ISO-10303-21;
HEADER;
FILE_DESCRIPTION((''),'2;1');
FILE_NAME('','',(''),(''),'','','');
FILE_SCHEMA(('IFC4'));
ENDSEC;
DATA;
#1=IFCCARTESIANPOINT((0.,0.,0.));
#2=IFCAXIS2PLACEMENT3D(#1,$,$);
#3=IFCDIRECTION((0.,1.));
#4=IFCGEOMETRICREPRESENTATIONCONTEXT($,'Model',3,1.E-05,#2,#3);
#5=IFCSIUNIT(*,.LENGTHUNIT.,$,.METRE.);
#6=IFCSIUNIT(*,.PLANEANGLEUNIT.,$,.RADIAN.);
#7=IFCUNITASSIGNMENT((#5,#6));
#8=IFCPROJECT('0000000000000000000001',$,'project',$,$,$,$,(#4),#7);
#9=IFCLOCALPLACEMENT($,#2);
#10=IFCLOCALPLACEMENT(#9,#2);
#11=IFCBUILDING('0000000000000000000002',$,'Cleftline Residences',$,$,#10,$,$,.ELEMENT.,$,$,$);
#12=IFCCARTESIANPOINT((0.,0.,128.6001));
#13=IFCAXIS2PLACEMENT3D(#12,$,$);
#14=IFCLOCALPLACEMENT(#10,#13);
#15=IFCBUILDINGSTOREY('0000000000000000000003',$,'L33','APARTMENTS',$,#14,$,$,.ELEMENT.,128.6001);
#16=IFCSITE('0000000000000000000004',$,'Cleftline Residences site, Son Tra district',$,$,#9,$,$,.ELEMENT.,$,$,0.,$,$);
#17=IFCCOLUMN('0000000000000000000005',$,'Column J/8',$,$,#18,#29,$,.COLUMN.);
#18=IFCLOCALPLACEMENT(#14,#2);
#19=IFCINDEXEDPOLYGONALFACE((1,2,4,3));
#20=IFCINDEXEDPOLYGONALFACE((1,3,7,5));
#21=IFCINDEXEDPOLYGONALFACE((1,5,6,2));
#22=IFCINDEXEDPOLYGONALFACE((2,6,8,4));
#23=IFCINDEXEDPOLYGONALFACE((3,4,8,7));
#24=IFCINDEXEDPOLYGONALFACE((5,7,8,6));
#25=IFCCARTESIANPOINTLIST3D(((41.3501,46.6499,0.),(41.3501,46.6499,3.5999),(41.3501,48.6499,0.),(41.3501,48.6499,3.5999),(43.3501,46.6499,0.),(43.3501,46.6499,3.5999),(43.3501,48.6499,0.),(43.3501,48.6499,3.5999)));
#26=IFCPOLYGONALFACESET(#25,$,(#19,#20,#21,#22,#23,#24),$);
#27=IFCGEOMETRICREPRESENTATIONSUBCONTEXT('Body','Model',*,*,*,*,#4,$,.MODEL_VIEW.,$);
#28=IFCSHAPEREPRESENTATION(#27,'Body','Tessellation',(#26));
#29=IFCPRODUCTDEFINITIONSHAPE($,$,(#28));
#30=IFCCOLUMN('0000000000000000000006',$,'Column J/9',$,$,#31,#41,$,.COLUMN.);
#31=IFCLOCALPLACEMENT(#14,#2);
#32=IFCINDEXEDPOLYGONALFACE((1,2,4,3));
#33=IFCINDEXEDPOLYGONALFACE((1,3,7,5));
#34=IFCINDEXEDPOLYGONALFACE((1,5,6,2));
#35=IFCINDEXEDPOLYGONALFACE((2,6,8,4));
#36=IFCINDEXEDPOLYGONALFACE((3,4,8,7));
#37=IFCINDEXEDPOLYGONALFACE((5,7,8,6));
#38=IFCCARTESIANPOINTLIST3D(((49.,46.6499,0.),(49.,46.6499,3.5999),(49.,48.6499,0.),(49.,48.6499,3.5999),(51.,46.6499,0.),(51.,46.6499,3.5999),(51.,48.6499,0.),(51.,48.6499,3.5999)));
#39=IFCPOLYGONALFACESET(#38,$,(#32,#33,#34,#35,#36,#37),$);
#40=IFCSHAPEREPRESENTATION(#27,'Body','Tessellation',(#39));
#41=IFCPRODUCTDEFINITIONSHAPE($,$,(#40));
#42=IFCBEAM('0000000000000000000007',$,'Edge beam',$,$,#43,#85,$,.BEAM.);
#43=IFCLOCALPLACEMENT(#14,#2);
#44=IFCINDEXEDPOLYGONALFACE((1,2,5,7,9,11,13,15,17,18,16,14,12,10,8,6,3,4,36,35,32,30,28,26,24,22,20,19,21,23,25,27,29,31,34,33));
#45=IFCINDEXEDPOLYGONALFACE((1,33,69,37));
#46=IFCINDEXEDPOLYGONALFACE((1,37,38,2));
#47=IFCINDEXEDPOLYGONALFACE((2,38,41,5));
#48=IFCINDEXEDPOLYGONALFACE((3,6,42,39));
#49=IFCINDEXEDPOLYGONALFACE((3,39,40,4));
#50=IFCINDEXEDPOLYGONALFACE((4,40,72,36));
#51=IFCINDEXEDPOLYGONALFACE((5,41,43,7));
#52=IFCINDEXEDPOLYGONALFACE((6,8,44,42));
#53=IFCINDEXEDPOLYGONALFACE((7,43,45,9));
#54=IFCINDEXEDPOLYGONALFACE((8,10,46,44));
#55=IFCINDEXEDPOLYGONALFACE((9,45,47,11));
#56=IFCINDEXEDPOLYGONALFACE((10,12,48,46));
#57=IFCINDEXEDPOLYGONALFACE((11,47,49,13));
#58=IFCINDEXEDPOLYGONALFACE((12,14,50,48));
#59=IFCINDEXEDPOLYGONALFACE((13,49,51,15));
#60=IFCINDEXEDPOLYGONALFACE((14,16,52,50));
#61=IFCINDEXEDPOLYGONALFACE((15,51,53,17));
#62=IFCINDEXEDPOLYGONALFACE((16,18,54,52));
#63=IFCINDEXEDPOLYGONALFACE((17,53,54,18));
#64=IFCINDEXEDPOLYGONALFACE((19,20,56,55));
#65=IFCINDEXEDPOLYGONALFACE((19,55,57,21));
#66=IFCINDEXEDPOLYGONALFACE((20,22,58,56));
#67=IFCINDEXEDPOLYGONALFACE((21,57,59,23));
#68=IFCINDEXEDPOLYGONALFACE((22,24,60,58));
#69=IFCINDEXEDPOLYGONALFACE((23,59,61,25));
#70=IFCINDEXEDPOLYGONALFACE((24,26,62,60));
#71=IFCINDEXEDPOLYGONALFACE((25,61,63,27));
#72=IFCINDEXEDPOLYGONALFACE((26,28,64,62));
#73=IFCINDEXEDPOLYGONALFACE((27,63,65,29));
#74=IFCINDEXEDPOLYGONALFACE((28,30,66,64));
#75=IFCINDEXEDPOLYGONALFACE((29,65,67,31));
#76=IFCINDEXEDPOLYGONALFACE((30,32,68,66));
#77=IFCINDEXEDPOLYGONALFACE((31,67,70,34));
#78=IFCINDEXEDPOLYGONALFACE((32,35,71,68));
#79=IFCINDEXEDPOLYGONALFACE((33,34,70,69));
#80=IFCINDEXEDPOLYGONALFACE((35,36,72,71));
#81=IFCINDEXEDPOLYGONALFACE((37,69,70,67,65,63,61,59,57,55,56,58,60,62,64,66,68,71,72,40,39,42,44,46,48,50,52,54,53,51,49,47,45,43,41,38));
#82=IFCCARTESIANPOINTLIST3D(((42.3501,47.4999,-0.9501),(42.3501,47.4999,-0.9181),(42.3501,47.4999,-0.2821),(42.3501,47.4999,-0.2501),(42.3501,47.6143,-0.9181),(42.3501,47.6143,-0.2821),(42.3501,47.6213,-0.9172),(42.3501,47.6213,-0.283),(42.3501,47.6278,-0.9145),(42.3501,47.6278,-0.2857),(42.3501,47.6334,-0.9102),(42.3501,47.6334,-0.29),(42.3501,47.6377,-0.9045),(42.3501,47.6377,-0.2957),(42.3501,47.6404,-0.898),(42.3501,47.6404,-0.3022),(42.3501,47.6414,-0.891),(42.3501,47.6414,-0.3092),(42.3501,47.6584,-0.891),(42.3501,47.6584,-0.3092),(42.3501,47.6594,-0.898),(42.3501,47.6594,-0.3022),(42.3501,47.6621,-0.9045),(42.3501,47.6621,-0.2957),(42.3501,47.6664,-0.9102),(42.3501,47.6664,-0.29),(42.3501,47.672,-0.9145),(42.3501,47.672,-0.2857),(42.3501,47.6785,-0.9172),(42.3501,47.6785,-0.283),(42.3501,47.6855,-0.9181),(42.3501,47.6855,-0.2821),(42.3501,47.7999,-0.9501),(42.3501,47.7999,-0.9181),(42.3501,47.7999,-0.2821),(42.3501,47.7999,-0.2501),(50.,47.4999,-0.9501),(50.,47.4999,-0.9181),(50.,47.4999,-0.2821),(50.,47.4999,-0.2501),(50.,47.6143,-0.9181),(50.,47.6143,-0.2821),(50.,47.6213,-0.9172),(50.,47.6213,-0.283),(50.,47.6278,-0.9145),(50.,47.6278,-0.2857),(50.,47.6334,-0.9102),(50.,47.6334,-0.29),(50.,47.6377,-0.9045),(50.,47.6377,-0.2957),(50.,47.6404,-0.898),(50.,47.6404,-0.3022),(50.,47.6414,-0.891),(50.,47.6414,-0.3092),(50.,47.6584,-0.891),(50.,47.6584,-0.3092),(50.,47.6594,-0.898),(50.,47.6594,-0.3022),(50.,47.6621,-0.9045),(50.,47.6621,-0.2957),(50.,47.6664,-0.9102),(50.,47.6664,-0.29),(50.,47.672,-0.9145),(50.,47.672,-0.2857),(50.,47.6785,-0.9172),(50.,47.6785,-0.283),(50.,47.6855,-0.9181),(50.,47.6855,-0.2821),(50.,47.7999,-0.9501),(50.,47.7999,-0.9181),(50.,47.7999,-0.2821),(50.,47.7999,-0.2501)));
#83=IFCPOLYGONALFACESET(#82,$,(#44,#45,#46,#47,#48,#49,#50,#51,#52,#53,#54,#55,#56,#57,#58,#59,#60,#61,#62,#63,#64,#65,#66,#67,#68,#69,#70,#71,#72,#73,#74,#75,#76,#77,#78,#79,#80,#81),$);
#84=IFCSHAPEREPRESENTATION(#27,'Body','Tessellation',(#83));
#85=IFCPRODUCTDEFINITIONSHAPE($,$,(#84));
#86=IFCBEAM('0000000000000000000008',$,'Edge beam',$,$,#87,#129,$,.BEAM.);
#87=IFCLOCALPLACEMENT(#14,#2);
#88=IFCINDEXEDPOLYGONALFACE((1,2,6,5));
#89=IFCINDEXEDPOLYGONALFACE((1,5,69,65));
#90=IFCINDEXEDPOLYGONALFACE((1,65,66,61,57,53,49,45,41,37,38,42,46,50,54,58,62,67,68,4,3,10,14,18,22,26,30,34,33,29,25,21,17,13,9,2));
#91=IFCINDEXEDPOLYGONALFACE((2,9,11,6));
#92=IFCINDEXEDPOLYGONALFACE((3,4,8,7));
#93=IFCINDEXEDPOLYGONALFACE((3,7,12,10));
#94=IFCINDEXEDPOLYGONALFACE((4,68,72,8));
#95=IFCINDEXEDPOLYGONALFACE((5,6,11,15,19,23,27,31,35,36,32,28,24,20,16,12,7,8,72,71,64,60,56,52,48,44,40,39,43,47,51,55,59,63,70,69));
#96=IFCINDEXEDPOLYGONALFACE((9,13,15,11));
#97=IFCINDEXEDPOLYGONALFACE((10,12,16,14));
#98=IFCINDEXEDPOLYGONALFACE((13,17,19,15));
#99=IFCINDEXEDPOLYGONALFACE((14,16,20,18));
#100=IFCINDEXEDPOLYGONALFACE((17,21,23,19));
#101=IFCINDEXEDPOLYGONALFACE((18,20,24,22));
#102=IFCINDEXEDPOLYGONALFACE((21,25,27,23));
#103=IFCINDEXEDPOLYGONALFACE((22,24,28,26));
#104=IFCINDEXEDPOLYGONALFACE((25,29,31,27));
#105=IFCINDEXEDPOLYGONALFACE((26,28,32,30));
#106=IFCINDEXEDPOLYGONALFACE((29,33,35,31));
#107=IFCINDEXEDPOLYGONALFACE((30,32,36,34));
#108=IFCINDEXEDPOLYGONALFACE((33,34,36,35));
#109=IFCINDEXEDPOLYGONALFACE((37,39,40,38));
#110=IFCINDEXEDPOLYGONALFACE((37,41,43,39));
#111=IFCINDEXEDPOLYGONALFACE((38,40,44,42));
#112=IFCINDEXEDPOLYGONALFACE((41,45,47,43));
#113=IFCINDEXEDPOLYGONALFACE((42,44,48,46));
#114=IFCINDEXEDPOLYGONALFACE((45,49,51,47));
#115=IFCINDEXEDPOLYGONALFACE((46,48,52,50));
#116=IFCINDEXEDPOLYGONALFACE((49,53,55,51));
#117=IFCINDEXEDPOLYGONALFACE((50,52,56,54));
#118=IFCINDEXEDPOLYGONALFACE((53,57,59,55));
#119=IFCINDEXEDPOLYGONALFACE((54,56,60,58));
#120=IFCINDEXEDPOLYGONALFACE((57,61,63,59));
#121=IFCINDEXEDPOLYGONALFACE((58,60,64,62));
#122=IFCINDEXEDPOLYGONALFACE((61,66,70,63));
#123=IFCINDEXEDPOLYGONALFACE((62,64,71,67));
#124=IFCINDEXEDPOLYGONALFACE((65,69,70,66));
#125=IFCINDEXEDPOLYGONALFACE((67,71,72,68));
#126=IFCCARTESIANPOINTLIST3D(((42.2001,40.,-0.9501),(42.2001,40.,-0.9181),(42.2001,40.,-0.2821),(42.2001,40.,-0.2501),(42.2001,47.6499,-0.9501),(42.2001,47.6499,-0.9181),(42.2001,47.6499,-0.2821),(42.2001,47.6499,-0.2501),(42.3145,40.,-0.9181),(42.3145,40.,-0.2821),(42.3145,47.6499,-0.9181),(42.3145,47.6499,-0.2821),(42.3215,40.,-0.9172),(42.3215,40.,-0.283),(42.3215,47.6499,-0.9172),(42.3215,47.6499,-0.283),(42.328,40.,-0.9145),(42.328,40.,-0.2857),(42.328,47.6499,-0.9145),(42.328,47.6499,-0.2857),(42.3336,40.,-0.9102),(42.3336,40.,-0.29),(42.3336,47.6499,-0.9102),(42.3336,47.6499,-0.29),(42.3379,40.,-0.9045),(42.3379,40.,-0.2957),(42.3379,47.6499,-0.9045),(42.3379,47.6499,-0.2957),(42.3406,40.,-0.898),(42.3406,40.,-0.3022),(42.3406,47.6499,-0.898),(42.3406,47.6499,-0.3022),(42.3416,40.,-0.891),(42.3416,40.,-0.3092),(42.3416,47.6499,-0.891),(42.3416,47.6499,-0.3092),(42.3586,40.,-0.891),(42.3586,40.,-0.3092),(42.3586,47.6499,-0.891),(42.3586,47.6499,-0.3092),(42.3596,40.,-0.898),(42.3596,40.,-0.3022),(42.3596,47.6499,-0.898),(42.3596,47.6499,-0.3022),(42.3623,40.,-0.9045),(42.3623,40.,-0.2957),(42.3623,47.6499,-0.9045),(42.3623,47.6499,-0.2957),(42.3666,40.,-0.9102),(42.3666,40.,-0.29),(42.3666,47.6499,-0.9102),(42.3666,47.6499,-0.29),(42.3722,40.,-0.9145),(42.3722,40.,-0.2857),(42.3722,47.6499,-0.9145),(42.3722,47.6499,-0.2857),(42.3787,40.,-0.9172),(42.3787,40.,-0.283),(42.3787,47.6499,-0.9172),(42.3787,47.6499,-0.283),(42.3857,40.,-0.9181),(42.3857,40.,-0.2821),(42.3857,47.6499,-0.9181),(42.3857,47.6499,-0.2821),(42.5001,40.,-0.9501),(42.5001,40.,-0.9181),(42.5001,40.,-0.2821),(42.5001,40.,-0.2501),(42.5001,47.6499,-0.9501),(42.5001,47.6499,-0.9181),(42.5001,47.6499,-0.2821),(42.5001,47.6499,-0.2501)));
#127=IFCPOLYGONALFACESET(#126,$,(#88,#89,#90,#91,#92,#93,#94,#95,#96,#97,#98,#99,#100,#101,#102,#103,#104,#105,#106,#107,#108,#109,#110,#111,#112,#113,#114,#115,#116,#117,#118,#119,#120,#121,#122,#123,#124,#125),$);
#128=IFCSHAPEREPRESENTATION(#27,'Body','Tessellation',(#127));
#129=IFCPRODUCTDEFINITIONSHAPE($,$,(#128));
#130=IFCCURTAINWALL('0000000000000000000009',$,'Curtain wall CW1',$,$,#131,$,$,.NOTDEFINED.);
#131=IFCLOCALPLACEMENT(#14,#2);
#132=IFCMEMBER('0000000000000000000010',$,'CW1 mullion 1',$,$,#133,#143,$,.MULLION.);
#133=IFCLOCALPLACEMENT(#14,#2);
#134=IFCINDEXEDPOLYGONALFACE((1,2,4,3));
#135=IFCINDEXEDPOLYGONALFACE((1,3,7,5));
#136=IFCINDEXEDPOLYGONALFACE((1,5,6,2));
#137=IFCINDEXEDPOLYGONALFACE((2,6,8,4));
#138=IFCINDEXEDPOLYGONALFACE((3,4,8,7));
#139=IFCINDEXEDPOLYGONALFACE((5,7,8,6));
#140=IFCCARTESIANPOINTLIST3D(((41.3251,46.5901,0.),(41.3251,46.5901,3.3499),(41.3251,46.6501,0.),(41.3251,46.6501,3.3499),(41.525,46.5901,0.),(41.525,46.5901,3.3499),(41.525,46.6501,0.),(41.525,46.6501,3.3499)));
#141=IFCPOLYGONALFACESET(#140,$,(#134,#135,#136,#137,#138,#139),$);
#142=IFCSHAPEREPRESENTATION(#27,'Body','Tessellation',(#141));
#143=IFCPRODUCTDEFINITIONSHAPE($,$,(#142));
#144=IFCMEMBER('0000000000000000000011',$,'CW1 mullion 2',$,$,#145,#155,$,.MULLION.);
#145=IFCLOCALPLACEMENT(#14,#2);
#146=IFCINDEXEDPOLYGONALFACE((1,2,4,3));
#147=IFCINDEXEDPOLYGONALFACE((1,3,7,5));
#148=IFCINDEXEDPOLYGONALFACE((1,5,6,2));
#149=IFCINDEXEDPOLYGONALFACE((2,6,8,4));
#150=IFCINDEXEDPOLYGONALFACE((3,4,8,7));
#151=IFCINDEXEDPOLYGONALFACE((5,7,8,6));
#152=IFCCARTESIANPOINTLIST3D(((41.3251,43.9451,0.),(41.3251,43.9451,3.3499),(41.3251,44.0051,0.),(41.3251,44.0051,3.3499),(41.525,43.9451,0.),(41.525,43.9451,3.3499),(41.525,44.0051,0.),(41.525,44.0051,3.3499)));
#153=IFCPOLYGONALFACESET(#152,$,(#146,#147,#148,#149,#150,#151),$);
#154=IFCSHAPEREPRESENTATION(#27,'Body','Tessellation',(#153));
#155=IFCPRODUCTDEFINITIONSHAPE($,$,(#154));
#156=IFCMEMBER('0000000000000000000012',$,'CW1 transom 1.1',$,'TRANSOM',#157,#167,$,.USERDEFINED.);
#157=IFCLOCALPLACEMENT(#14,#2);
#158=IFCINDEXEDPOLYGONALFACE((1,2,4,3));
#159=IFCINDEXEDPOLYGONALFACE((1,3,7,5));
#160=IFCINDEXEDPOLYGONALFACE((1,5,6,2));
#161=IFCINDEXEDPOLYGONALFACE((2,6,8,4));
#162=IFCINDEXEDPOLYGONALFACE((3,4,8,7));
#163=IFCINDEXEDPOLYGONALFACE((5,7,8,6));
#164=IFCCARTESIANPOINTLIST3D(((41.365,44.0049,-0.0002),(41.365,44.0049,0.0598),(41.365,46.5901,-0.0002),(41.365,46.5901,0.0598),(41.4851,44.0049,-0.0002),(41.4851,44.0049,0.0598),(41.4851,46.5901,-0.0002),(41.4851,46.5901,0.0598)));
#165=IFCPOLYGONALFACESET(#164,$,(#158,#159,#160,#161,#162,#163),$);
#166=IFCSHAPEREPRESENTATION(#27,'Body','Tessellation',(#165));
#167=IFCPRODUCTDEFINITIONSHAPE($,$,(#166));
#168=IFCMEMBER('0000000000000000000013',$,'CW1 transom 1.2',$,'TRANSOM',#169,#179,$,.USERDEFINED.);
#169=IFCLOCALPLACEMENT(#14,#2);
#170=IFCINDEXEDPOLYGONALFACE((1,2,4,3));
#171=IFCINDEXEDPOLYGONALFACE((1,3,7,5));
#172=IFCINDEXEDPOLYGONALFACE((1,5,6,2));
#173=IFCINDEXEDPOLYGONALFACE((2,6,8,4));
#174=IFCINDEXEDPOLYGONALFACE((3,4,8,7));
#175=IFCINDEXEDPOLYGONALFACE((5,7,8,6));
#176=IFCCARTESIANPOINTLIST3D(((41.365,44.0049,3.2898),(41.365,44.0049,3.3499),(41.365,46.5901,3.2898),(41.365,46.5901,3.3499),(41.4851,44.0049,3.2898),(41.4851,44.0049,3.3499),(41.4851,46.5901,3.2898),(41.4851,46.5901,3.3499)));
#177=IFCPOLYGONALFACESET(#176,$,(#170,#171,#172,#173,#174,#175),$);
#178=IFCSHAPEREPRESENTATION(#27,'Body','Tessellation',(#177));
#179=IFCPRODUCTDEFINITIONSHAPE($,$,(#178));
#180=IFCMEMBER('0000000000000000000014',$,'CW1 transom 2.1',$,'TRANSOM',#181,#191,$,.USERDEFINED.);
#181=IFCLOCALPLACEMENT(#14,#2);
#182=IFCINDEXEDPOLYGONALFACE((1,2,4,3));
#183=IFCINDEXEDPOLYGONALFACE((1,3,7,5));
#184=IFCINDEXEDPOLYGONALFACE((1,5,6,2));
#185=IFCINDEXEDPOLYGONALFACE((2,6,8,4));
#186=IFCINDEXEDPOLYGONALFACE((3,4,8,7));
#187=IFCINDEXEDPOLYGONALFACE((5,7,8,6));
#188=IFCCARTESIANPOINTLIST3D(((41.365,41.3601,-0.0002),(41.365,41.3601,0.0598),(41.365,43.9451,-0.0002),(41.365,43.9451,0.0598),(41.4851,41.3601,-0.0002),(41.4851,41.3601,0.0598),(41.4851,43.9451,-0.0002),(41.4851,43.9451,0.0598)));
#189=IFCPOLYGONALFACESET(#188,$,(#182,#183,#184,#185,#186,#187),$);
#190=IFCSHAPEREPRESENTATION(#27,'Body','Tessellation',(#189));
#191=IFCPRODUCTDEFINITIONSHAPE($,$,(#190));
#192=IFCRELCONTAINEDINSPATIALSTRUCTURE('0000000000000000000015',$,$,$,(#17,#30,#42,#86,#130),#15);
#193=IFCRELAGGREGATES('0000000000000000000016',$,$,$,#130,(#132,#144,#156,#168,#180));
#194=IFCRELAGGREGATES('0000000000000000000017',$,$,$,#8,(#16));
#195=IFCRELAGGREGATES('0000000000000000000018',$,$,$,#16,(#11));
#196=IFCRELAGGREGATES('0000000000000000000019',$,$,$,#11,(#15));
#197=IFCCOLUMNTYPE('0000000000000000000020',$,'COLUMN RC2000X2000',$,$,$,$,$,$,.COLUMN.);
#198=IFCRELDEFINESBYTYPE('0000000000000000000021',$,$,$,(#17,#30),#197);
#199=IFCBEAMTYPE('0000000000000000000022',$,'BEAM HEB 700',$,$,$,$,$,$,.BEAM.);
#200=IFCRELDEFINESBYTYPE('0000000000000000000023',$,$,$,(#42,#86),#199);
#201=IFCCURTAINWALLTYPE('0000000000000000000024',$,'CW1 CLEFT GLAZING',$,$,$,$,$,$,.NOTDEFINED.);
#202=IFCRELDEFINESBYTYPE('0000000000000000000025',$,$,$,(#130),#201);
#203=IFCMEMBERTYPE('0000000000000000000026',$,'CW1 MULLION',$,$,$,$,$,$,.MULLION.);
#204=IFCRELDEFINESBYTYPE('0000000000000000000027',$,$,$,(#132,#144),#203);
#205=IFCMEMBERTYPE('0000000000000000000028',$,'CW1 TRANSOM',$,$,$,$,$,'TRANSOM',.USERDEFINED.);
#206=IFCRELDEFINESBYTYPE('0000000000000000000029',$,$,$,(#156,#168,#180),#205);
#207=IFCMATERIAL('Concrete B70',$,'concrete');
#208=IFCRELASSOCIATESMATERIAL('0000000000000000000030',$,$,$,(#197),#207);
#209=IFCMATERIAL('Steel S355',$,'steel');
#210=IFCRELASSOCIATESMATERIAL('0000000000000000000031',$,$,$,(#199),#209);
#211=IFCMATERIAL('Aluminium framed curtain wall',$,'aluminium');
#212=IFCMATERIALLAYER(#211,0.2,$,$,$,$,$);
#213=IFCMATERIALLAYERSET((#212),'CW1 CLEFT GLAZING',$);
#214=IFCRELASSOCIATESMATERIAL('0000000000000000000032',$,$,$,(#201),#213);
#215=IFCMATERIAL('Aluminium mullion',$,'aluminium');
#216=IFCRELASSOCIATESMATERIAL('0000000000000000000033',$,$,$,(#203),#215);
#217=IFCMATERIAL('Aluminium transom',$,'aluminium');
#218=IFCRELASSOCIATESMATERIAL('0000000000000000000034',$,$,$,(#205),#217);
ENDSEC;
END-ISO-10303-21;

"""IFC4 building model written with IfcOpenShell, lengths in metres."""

from ifc_helpers import new_model, si_unit, direction, frame, origin, origin_2d, place, context, subcontext, project, spatial, rectangle, i_section, extrude, material, layer, layer_set, material_profile, profile_set, type_object, element, aggregate, save


model = new_model("IFC4")

# Units and contexts
model_context = context("Model", 3, precision=1e-05, world=origin(), true_north=direction((0.0, 1.0)))
body_context = subcontext(model_context, "Body", "Model", "MODEL_VIEW")
ifc_project = project(units=[si_unit("LENGTHUNIT", "METRE"), si_unit("PLANEANGLEUNIT", "RADIAN")], contexts=[model_context])

# Site, building, storey
site_placement = place(None, origin())
site = spatial("IfcSite", under=ifc_project, at=site_placement, Name="Cleftline Residences site, Son Tra district", CompositionType="ELEMENT", RefElevation=0.0)
building_placement = place(site_placement, origin())
building = spatial("IfcBuilding", under=site, at=building_placement, Name="Cleftline Residences", CompositionType="ELEMENT")
storey_placement = place(building_placement, frame((0.0, 0.0, 128.6001)))
storey = spatial("IfcBuildingStorey", under=building, at=storey_placement, Name="L33", Description="APARTMENTS", CompositionType="ELEMENT", Elevation=128.6001)

# Columns
ifc_material_1 = material(Name="Concrete B70", Category="concrete")
ifc_material_profile_1 = material_profile(ifc_material_1, rectangle(XDim=2.0, YDim=2.0, at=origin_2d()))
ifc_profile_set_1 = profile_set([ifc_material_profile_1], Name="Concrete B70")
column_type = type_object("IfcColumnType", Name="COLUMN RC2000X2000", PredefinedType="COLUMN", material=ifc_profile_set_1)
for number, where, z_axis, x_axis, name in (
    (1, (42.3501, 47.6499, 0.0), (0.0, 0.0, 1.0), (1.0, 0.0, 0.0), "Column J/8"),
    (2, (50.0, 47.6499, 0.0), (0.0, 0.0, 1.0), (1.0, 0.0, 0.0), "Column J/9"),
):
    element("IfcColumn", number, at=place(storey_placement, frame(where, z_axis=z_axis, x_axis=x_axis)), inside=storey, type_object=column_type, Name=name, PredefinedType="COLUMN", context=body_context, shape_type="SweptSolid", body=[
        extrude(rectangle(XDim=2.0, YDim=2.0, at=origin_2d()), origin(), (0.0, 0.0, 1.0), 3.5999),
    ])

# Beams
ifc_material_2 = material(Name="Steel S355", Category="steel")
ifc_material_profile_2 = material_profile(ifc_material_2, i_section(OverallWidth=0.3, OverallDepth=0.7, WebThickness=0.0171, FlangeThickness=0.032, FilletRadius=0.0271, at=origin_2d()))
ifc_profile_set_2 = profile_set([ifc_material_profile_2], Name="Steel S355")
beam_type = type_object("IfcBeamType", Name="BEAM HEB 700", PredefinedType="BEAM", material=ifc_profile_set_2)
for number, where, z_axis, x_axis, name in (
    (3, (50.0, 47.6499, -0.6001), (-1.0, 0.0, 0.0), (0.0, -1.0, 0.0), "Edge beam"),
    (4, (42.3501, 47.6499, -0.6001), (0.0, -1.0, 0.0), (1.0, 0.0, 0.0), "Edge beam"),
):
    element("IfcBeam", number, at=place(storey_placement, frame(where, z_axis=z_axis, x_axis=x_axis)), inside=storey, type_object=beam_type, Name=name, PredefinedType="BEAM", context=body_context, shape_type="SweptSolid", body=[
        extrude(i_section(OverallWidth=0.3, OverallDepth=0.7, WebThickness=0.0171, FlangeThickness=0.032, FilletRadius=0.0271, at=origin_2d()), origin(), (0.0, 0.0, 1.0), 7.6499),
    ])

# Curtain wall, members
ifc_material_3 = material(Name="Aluminium framed curtain wall", Category="aluminium")
ifc_layer_1 = layer(ifc_material_3, 0.2)
ifc_layer_set_1 = layer_set([ifc_layer_1], Name="CW1 CLEFT GLAZING")
curtain_wall_type = type_object("IfcCurtainWallType", Name="CW1 CLEFT GLAZING", PredefinedType="NOTDEFINED", material=ifc_layer_set_1)
curtain_wall_placement = place(storey_placement, origin())
curtain_wall = element("IfcCurtainWall", 5, at=curtain_wall_placement, inside=storey, type_object=curtain_wall_type, Name="Curtain wall CW1", PredefinedType="NOTDEFINED")
ifc_material_4 = material(Name="Aluminium mullion", Category="aluminium")
ifc_material_profile_3 = material_profile(ifc_material_4, rectangle(XDim=0.2, YDim=0.0601, at=origin_2d()))
ifc_profile_set_3 = profile_set([ifc_material_profile_3], Name="Aluminium mullion")
member_type_1 = type_object("IfcMemberType", Name="CW1 MULLION", PredefinedType="MULLION", material=ifc_profile_set_3)
member_1_placement = place(storey_placement, frame((41.425, 46.6201, 0.0), z_axis=(0.0, 0.0, 1.0), x_axis=(1.0, 0.0, 0.0)))
member_1 = element("IfcMember", 6, at=member_1_placement, type_object=member_type_1, Name="CW1 mullion 1", PredefinedType="MULLION", context=body_context, shape_type="SweptSolid", body=[
    extrude(rectangle(XDim=0.2, YDim=0.0601, at=origin_2d()), origin(), (0.0, 0.0, 1.0), 3.3499),
])
member_2_placement = place(storey_placement, frame((41.425, 43.9751, 0.0), z_axis=(0.0, 0.0, 1.0), x_axis=(1.0, 0.0, 0.0)))
member_2 = element("IfcMember", 7, at=member_2_placement, type_object=member_type_1, Name="CW1 mullion 2", PredefinedType="MULLION", context=body_context, shape_type="SweptSolid", body=[
    extrude(rectangle(XDim=0.2, YDim=0.0601, at=origin_2d()), origin(), (0.0, 0.0, 1.0), 3.3499),
])
ifc_material_5 = material(Name="Aluminium transom", Category="aluminium")
ifc_material_profile_4 = material_profile(ifc_material_5, rectangle(XDim=0.1201, YDim=0.0601, at=origin_2d()))
ifc_profile_set_4 = profile_set([ifc_material_profile_4], Name="Aluminium transom")
member_type_2 = type_object("IfcMemberType", Name="CW1 TRANSOM", ElementType="TRANSOM", PredefinedType="USERDEFINED", material=ifc_profile_set_4)
member_3_placement = place(storey_placement, frame((41.425, 46.5901, 0.0298), z_axis=(0.0, -1.0, 0.0), x_axis=(1.0, 0.0, 0.0)))
member_3 = element("IfcMember", 8, at=member_3_placement, type_object=member_type_2, Name="CW1 transom 1.1", ObjectType="TRANSOM", PredefinedType="USERDEFINED", context=body_context, shape_type="SweptSolid", body=[
    extrude(rectangle(XDim=0.1201, YDim=0.0601, at=origin_2d()), origin(), (0.0, 0.0, 1.0), 2.5852),
])
member_4_placement = place(storey_placement, frame((41.425, 46.5901, 3.3198), z_axis=(0.0, -1.0, 0.0), x_axis=(1.0, 0.0, 0.0)))
member_4 = element("IfcMember", 9, at=member_4_placement, type_object=member_type_2, Name="CW1 transom 1.2", ObjectType="TRANSOM", PredefinedType="USERDEFINED", context=body_context, shape_type="SweptSolid", body=[
    extrude(rectangle(XDim=0.1201, YDim=0.0601, at=origin_2d()), origin(), (0.0, 0.0, 1.0), 2.5852),
])
member_5_placement = place(storey_placement, frame((41.425, 43.9451, 0.0298), z_axis=(0.0, -1.0, 0.0), x_axis=(1.0, 0.0, 0.0)))
member_5 = element("IfcMember", 10, at=member_5_placement, type_object=member_type_2, Name="CW1 transom 2.1", ObjectType="TRANSOM", PredefinedType="USERDEFINED", context=body_context, shape_type="SweptSolid", body=[
    extrude(rectangle(XDim=0.1201, YDim=0.0601, at=origin_2d()), origin(), (0.0, 0.0, 1.0), 2.585),
])
aggregate(curtain_wall, [member_1, member_2, member_3, member_4, member_5])

save(model, "model.ifc")
